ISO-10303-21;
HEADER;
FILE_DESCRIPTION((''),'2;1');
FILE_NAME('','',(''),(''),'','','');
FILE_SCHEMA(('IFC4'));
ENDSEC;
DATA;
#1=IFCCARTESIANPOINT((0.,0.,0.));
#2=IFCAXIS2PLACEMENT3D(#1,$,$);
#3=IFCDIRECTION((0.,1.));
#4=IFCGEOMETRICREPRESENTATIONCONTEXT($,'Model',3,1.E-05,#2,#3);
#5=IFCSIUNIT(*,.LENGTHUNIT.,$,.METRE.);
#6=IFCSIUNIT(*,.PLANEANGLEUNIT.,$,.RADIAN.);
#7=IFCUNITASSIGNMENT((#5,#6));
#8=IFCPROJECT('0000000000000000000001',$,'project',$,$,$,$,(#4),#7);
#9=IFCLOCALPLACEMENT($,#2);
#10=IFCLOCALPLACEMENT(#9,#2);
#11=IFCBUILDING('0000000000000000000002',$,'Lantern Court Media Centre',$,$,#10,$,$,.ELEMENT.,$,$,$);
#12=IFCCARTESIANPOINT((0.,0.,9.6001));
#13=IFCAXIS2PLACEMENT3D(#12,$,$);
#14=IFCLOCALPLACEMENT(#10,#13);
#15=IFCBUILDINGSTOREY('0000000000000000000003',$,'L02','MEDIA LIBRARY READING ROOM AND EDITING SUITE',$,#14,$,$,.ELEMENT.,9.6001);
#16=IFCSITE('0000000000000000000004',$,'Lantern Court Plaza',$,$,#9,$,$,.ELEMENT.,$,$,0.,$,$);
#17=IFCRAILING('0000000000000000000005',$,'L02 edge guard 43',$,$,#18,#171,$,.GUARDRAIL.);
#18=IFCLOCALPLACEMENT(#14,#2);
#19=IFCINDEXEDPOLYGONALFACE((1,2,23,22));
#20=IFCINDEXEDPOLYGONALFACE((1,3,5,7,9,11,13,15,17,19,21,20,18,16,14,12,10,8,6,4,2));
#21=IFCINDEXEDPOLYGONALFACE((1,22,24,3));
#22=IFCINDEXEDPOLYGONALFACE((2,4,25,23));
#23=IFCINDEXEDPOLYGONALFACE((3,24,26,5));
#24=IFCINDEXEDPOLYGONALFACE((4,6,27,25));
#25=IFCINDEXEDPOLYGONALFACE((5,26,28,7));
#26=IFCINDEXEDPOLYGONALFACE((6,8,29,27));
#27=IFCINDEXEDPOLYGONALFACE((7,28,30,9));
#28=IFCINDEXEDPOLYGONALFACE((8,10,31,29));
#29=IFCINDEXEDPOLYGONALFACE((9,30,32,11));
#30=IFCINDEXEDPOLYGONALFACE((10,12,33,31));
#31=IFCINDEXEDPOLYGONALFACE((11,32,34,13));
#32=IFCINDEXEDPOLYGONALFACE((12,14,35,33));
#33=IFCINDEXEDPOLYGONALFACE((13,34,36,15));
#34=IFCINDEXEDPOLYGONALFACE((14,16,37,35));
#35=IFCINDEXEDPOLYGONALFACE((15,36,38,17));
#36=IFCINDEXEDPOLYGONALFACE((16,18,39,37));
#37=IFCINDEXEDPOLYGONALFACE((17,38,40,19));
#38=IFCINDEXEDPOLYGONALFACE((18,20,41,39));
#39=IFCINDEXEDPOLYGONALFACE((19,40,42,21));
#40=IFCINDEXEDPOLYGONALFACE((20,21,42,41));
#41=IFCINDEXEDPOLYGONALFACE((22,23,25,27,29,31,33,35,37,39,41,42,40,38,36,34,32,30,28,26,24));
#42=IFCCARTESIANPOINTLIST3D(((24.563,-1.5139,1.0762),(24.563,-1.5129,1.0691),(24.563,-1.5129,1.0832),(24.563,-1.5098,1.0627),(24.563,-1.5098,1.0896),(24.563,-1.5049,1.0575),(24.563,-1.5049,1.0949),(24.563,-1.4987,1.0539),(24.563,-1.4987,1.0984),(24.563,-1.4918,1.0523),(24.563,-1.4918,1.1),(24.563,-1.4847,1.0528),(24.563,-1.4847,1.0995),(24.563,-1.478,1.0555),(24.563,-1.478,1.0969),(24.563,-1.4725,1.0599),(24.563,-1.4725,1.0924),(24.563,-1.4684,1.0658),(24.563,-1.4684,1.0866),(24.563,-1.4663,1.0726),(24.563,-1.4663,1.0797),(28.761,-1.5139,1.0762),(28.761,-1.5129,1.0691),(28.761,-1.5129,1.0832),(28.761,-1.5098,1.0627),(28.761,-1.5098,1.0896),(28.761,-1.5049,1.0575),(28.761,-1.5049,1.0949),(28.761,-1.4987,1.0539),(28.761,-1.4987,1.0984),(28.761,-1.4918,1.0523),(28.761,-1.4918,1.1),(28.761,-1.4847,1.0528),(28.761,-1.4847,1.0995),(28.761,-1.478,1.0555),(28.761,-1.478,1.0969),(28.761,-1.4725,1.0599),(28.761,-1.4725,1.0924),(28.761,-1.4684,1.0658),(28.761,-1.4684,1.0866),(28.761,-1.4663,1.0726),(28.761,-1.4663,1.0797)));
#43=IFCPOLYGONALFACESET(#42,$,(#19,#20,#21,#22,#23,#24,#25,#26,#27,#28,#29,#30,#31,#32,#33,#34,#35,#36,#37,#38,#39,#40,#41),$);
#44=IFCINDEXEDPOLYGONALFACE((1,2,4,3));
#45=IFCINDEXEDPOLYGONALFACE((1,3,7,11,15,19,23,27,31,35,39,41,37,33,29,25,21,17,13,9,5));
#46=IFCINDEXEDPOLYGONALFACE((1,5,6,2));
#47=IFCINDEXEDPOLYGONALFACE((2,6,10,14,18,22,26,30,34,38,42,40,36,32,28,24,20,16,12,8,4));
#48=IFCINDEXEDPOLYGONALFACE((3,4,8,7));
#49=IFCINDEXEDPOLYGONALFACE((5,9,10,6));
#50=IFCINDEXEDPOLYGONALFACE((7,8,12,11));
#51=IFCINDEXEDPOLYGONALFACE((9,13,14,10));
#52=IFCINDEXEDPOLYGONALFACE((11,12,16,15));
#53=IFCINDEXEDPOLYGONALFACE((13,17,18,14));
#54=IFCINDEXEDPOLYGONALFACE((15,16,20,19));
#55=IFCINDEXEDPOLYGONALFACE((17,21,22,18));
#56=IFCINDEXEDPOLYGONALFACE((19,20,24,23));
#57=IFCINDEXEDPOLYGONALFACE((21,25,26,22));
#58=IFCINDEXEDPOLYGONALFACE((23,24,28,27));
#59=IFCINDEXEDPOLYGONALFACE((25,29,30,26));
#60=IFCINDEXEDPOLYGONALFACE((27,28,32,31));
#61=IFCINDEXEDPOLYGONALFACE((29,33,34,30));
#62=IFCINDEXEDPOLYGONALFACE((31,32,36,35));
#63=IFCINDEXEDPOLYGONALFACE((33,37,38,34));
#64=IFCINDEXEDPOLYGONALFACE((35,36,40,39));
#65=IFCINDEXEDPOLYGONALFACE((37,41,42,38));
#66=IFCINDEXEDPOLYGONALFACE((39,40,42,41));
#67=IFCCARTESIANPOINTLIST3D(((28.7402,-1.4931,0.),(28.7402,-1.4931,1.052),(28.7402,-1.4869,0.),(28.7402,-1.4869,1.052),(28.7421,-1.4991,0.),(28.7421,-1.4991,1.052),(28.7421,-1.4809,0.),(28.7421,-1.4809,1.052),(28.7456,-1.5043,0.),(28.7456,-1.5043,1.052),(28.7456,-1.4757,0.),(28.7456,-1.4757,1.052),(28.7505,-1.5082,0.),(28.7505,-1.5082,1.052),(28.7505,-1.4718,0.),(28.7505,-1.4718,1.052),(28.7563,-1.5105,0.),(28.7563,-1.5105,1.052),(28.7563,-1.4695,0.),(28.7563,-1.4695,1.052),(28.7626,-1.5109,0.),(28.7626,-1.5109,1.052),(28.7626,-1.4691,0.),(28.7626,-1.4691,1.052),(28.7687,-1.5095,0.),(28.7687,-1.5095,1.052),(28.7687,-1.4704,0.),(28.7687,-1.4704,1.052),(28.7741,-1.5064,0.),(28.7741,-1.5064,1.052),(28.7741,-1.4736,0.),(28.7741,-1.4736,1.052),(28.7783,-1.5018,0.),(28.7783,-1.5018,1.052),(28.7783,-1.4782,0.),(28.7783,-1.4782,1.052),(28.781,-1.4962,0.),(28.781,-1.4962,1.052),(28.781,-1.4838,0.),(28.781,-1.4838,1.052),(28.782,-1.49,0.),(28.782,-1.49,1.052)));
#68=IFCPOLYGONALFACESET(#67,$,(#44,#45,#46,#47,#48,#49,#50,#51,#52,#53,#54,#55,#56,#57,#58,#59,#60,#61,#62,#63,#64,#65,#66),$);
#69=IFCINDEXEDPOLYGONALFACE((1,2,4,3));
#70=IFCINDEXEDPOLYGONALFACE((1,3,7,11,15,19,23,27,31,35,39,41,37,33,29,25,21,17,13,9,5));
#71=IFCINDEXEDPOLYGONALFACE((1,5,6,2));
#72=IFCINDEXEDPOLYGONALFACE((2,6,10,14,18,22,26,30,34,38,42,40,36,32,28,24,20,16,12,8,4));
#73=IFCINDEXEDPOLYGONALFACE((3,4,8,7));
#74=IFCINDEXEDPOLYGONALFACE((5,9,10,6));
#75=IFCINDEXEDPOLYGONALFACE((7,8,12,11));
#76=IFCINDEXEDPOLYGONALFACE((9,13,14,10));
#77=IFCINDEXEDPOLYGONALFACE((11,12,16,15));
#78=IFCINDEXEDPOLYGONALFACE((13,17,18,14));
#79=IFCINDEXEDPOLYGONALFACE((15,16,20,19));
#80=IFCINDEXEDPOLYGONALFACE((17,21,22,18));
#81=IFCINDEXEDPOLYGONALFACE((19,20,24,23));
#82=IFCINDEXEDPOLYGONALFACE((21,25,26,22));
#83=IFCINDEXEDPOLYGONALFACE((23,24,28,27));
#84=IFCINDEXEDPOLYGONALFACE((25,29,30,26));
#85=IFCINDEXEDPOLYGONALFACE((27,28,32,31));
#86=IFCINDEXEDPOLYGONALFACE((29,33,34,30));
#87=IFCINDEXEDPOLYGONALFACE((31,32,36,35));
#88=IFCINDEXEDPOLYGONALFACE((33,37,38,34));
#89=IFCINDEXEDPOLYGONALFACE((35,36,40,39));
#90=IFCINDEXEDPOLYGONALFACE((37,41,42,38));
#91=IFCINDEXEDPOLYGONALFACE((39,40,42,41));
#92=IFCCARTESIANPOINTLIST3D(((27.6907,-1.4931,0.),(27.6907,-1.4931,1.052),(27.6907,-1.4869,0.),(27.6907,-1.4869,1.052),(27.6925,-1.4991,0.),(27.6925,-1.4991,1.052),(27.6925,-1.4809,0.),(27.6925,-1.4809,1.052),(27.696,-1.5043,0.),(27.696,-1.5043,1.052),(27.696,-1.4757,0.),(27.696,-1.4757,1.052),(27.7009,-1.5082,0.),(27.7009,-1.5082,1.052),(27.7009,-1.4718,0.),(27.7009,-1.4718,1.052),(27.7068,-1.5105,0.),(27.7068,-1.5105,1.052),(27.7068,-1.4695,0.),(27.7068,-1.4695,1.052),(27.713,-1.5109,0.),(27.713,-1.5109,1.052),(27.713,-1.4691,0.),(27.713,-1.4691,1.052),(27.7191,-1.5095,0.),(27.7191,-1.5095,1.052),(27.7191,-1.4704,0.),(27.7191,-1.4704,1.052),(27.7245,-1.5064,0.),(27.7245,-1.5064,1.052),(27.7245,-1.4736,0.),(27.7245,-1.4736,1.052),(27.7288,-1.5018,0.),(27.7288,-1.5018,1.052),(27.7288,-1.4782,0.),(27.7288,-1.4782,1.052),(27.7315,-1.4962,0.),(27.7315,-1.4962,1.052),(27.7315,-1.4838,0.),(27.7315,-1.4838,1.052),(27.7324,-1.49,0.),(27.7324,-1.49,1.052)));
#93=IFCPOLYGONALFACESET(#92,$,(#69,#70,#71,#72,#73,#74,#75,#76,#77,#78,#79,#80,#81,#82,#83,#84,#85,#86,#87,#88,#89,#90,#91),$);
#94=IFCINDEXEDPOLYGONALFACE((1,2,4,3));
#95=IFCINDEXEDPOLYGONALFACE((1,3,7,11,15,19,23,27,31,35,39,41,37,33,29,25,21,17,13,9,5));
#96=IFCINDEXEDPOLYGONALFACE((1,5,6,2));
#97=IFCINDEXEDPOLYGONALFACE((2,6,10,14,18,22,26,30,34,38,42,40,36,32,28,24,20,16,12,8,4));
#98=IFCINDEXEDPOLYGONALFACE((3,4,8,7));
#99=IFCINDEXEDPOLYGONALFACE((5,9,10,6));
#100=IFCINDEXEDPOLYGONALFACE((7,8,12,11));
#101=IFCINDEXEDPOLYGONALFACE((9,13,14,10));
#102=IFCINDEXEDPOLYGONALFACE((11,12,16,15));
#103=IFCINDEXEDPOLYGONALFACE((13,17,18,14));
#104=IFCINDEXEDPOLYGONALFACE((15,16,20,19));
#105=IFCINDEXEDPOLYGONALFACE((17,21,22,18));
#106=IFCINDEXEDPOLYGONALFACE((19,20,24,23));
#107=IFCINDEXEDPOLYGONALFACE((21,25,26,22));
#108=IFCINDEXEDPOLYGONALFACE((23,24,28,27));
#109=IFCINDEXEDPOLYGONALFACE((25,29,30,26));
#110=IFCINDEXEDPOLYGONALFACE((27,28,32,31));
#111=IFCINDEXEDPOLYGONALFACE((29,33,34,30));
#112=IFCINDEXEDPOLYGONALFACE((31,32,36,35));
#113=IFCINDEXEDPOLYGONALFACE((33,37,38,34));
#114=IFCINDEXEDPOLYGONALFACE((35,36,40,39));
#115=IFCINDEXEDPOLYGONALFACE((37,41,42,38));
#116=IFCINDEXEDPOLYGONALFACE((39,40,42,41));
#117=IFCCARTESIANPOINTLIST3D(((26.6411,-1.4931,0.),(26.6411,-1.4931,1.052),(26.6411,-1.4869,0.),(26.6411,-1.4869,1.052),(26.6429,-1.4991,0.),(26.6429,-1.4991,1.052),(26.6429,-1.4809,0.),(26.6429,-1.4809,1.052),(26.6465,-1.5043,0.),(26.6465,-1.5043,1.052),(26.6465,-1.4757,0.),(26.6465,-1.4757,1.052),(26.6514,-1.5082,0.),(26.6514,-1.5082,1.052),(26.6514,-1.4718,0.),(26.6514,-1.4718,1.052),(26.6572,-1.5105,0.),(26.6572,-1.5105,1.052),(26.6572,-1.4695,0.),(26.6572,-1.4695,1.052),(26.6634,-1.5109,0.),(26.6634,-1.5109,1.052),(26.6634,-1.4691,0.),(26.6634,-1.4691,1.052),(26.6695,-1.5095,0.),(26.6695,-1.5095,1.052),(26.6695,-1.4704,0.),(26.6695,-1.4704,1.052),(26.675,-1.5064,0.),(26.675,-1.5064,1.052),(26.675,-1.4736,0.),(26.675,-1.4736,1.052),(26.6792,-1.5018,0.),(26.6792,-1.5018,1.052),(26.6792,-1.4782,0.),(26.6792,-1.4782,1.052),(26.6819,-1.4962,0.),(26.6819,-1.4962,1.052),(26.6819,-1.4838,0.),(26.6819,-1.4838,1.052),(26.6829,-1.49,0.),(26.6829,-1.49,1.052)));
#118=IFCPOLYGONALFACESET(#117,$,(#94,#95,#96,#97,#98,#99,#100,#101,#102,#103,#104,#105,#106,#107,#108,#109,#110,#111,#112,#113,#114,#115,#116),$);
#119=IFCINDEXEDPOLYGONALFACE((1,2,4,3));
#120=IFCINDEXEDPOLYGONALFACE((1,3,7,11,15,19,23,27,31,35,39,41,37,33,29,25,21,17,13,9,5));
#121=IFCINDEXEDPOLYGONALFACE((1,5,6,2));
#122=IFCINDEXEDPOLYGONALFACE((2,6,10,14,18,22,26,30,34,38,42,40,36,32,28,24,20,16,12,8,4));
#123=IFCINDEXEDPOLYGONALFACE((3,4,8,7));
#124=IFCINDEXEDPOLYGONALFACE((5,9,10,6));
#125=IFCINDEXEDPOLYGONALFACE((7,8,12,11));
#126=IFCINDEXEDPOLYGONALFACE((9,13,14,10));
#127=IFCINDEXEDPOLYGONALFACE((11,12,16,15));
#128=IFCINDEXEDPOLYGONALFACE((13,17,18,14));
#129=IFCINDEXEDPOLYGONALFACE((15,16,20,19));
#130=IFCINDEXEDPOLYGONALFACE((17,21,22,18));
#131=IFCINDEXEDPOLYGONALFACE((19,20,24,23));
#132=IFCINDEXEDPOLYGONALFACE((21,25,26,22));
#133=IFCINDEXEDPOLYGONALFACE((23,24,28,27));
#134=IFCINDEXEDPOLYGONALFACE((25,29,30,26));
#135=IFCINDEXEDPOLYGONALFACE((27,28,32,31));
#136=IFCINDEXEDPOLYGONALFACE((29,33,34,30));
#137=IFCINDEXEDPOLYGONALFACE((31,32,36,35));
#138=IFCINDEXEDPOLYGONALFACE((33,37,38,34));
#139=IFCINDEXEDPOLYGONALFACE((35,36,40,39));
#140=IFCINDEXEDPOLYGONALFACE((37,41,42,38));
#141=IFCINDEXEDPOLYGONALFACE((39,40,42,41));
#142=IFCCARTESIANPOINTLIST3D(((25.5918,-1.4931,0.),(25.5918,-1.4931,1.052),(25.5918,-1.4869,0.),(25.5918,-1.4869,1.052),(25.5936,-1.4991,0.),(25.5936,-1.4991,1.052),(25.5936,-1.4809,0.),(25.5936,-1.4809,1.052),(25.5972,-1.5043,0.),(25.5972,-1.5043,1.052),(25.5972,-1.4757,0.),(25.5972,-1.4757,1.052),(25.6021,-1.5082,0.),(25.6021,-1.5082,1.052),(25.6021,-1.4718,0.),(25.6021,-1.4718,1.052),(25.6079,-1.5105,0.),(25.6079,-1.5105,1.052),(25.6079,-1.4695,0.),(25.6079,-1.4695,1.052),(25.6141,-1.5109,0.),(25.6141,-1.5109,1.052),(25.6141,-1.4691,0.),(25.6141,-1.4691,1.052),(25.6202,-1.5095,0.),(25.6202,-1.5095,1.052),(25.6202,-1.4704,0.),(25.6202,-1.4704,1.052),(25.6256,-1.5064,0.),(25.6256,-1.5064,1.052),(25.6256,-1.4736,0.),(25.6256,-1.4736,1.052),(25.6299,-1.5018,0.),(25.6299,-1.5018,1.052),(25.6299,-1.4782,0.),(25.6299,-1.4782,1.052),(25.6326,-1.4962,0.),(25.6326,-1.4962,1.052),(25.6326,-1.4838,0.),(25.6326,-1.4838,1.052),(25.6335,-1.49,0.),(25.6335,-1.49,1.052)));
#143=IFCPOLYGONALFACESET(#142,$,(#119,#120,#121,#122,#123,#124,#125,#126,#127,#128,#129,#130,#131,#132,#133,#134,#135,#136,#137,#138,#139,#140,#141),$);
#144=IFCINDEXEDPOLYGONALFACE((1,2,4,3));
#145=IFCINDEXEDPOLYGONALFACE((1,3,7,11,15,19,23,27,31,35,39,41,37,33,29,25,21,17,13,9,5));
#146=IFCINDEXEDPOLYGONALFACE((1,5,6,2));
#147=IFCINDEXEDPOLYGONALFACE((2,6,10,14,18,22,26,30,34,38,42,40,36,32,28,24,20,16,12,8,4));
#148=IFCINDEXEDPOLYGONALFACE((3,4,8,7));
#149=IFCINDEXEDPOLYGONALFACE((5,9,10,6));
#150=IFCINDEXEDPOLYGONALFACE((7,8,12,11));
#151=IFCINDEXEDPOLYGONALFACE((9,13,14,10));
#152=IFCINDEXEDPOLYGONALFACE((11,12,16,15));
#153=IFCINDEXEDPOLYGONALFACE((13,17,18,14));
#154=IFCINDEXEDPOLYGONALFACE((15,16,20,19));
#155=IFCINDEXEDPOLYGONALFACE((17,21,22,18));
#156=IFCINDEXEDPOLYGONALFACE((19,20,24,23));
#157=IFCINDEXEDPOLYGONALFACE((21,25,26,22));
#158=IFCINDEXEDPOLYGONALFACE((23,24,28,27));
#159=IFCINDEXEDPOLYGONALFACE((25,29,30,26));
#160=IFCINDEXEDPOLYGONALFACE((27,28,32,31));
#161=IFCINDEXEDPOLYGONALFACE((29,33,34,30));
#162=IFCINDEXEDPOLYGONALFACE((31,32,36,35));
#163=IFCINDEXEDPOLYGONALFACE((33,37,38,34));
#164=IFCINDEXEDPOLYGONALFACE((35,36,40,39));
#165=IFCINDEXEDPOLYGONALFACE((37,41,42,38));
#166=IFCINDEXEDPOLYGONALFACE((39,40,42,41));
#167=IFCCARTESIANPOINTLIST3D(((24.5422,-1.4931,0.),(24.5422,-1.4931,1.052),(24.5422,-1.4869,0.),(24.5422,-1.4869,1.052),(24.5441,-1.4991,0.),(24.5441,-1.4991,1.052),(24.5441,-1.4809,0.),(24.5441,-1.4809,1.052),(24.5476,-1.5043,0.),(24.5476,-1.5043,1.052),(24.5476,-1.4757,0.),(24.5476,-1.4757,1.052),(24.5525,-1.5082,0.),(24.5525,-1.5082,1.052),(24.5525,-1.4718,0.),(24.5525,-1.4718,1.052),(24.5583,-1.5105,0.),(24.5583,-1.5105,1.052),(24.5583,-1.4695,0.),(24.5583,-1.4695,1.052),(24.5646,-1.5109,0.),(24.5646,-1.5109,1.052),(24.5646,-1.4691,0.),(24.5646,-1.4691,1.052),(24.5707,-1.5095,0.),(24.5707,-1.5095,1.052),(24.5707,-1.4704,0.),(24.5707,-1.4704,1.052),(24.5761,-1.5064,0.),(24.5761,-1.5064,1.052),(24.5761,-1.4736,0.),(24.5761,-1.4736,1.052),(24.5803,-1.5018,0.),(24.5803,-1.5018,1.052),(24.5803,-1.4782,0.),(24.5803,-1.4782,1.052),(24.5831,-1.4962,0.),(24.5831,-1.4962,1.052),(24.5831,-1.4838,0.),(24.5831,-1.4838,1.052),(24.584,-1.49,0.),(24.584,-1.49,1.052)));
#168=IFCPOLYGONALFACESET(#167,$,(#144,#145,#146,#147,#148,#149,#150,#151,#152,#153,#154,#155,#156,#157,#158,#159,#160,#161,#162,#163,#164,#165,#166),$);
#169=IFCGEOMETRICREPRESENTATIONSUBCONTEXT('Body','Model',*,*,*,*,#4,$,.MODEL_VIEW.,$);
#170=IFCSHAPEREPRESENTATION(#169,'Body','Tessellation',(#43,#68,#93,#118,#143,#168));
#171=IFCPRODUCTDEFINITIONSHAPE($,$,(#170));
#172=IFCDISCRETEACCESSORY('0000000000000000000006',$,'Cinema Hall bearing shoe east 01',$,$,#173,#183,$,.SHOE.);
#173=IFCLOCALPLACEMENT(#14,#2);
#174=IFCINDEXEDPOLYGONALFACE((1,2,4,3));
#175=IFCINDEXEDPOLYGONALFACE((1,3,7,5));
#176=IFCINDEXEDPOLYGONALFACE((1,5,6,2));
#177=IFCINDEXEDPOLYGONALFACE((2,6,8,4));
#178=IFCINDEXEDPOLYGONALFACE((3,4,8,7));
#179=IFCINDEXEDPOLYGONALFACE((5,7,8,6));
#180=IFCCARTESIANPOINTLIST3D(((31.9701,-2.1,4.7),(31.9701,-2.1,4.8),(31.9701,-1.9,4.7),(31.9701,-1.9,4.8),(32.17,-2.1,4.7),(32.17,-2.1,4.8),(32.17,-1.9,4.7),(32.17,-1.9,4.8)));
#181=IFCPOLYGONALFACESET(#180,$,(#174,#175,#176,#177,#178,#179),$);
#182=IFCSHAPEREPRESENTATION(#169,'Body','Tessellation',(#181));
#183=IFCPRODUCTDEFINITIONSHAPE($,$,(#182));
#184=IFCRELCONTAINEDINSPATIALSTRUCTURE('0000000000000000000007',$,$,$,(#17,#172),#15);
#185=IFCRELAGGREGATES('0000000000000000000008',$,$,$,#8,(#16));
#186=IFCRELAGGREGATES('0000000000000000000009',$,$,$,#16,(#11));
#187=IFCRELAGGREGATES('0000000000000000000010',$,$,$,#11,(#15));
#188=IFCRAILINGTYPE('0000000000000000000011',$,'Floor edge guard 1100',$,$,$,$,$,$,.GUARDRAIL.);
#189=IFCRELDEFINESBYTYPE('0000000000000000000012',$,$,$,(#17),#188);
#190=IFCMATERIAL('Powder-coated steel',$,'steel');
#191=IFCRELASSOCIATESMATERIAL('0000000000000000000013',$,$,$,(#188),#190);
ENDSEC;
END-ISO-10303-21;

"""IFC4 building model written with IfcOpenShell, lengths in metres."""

from ifc_helpers import new_model, si_unit, direction, frame, origin, origin_2d, place, context, subcontext, project, spatial, rectangle, circle, extrude, material, type_object, element, save


model = new_model("IFC4")

# Units and contexts
model_context = context("Model", 3, precision=1e-05, world=origin(), true_north=direction((0.0, 1.0)))
body_context = subcontext(model_context, "Body", "Model", "MODEL_VIEW")
ifc_project = project(units=[si_unit("LENGTHUNIT", "METRE"), si_unit("PLANEANGLEUNIT", "RADIAN")], contexts=[model_context])

# Site, building, storey
site_placement = place(None, origin())
site = spatial("IfcSite", under=ifc_project, at=site_placement, Name="Lantern Court Plaza", CompositionType="ELEMENT", RefElevation=0.0)
building_placement = place(site_placement, origin())
building = spatial("IfcBuilding", under=site, at=building_placement, Name="Lantern Court Media Centre", CompositionType="ELEMENT")
storey_placement = place(building_placement, frame((0.0, 0.0, 9.6001)))
storey = spatial("IfcBuildingStorey", under=building, at=storey_placement, Name="L02", Description="MEDIA LIBRARY READING ROOM AND EDITING SUITE", CompositionType="ELEMENT", Elevation=9.6001)

# Railing
ifc_material_1 = material(Name="Powder-coated steel", Category="steel")
railing_type = type_object("IfcRailingType", Name="Floor edge guard 1100", PredefinedType="GUARDRAIL", material=ifc_material_1)
railing_placement = place(storey_placement, frame((28.761, -1.49, 0.0)))
element("IfcRailing", 1, at=railing_placement, inside=storey, type_object=railing_type, Name="L02 edge guard 43", PredefinedType="GUARDRAIL", context=body_context, shape_type="SweptSolid", body=[
    extrude(circle(Radius=0.0239, at=origin_2d()), frame((0.0, 0.0, 1.0762), z_axis=(-1.0, 0.0, 0.0), x_axis=(0.0, -1.0, 0.0)), (0.0, 0.0, 1.0), 4.198),
    extrude(circle(Radius=0.021, at=origin_2d()), origin(), (0.0, 0.0, 1.0), 1.052),
    extrude(circle(Radius=0.021, at=origin_2d()), frame((-1.0496, 0.0, 0.0)), (0.0, 0.0, 1.0), 1.052),
    extrude(circle(Radius=0.021, at=origin_2d()), frame((-2.0991, 0.0, 0.0)), (0.0, 0.0, 1.0), 1.052),
    extrude(circle(Radius=0.021, at=origin_2d()), frame((-3.1484, 0.0, 0.0)), (0.0, 0.0, 1.0), 1.052),
    extrude(circle(Radius=0.021, at=origin_2d()), frame((-4.198, 0.0, 0.0)), (0.0, 0.0, 1.0), 1.052),
])

# Discrete accessory
discrete_accessory_placement = place(storey_placement, frame((32.0701, -2.0, 4.7), z_axis=(0.0, 0.0, 1.0), x_axis=(1.0, 0.0, 0.0)))
element("IfcDiscreteAccessory", 2, at=discrete_accessory_placement, inside=storey, Name="Cinema Hall bearing shoe east 01", PredefinedType="SHOE", context=body_context, shape_type="SweptSolid", body=[
    extrude(rectangle(XDim=0.2, YDim=0.2, at=origin_2d()), origin(), (0.0, 0.0, 1.0), 0.1001),
])

save(model, "model.ifc")
